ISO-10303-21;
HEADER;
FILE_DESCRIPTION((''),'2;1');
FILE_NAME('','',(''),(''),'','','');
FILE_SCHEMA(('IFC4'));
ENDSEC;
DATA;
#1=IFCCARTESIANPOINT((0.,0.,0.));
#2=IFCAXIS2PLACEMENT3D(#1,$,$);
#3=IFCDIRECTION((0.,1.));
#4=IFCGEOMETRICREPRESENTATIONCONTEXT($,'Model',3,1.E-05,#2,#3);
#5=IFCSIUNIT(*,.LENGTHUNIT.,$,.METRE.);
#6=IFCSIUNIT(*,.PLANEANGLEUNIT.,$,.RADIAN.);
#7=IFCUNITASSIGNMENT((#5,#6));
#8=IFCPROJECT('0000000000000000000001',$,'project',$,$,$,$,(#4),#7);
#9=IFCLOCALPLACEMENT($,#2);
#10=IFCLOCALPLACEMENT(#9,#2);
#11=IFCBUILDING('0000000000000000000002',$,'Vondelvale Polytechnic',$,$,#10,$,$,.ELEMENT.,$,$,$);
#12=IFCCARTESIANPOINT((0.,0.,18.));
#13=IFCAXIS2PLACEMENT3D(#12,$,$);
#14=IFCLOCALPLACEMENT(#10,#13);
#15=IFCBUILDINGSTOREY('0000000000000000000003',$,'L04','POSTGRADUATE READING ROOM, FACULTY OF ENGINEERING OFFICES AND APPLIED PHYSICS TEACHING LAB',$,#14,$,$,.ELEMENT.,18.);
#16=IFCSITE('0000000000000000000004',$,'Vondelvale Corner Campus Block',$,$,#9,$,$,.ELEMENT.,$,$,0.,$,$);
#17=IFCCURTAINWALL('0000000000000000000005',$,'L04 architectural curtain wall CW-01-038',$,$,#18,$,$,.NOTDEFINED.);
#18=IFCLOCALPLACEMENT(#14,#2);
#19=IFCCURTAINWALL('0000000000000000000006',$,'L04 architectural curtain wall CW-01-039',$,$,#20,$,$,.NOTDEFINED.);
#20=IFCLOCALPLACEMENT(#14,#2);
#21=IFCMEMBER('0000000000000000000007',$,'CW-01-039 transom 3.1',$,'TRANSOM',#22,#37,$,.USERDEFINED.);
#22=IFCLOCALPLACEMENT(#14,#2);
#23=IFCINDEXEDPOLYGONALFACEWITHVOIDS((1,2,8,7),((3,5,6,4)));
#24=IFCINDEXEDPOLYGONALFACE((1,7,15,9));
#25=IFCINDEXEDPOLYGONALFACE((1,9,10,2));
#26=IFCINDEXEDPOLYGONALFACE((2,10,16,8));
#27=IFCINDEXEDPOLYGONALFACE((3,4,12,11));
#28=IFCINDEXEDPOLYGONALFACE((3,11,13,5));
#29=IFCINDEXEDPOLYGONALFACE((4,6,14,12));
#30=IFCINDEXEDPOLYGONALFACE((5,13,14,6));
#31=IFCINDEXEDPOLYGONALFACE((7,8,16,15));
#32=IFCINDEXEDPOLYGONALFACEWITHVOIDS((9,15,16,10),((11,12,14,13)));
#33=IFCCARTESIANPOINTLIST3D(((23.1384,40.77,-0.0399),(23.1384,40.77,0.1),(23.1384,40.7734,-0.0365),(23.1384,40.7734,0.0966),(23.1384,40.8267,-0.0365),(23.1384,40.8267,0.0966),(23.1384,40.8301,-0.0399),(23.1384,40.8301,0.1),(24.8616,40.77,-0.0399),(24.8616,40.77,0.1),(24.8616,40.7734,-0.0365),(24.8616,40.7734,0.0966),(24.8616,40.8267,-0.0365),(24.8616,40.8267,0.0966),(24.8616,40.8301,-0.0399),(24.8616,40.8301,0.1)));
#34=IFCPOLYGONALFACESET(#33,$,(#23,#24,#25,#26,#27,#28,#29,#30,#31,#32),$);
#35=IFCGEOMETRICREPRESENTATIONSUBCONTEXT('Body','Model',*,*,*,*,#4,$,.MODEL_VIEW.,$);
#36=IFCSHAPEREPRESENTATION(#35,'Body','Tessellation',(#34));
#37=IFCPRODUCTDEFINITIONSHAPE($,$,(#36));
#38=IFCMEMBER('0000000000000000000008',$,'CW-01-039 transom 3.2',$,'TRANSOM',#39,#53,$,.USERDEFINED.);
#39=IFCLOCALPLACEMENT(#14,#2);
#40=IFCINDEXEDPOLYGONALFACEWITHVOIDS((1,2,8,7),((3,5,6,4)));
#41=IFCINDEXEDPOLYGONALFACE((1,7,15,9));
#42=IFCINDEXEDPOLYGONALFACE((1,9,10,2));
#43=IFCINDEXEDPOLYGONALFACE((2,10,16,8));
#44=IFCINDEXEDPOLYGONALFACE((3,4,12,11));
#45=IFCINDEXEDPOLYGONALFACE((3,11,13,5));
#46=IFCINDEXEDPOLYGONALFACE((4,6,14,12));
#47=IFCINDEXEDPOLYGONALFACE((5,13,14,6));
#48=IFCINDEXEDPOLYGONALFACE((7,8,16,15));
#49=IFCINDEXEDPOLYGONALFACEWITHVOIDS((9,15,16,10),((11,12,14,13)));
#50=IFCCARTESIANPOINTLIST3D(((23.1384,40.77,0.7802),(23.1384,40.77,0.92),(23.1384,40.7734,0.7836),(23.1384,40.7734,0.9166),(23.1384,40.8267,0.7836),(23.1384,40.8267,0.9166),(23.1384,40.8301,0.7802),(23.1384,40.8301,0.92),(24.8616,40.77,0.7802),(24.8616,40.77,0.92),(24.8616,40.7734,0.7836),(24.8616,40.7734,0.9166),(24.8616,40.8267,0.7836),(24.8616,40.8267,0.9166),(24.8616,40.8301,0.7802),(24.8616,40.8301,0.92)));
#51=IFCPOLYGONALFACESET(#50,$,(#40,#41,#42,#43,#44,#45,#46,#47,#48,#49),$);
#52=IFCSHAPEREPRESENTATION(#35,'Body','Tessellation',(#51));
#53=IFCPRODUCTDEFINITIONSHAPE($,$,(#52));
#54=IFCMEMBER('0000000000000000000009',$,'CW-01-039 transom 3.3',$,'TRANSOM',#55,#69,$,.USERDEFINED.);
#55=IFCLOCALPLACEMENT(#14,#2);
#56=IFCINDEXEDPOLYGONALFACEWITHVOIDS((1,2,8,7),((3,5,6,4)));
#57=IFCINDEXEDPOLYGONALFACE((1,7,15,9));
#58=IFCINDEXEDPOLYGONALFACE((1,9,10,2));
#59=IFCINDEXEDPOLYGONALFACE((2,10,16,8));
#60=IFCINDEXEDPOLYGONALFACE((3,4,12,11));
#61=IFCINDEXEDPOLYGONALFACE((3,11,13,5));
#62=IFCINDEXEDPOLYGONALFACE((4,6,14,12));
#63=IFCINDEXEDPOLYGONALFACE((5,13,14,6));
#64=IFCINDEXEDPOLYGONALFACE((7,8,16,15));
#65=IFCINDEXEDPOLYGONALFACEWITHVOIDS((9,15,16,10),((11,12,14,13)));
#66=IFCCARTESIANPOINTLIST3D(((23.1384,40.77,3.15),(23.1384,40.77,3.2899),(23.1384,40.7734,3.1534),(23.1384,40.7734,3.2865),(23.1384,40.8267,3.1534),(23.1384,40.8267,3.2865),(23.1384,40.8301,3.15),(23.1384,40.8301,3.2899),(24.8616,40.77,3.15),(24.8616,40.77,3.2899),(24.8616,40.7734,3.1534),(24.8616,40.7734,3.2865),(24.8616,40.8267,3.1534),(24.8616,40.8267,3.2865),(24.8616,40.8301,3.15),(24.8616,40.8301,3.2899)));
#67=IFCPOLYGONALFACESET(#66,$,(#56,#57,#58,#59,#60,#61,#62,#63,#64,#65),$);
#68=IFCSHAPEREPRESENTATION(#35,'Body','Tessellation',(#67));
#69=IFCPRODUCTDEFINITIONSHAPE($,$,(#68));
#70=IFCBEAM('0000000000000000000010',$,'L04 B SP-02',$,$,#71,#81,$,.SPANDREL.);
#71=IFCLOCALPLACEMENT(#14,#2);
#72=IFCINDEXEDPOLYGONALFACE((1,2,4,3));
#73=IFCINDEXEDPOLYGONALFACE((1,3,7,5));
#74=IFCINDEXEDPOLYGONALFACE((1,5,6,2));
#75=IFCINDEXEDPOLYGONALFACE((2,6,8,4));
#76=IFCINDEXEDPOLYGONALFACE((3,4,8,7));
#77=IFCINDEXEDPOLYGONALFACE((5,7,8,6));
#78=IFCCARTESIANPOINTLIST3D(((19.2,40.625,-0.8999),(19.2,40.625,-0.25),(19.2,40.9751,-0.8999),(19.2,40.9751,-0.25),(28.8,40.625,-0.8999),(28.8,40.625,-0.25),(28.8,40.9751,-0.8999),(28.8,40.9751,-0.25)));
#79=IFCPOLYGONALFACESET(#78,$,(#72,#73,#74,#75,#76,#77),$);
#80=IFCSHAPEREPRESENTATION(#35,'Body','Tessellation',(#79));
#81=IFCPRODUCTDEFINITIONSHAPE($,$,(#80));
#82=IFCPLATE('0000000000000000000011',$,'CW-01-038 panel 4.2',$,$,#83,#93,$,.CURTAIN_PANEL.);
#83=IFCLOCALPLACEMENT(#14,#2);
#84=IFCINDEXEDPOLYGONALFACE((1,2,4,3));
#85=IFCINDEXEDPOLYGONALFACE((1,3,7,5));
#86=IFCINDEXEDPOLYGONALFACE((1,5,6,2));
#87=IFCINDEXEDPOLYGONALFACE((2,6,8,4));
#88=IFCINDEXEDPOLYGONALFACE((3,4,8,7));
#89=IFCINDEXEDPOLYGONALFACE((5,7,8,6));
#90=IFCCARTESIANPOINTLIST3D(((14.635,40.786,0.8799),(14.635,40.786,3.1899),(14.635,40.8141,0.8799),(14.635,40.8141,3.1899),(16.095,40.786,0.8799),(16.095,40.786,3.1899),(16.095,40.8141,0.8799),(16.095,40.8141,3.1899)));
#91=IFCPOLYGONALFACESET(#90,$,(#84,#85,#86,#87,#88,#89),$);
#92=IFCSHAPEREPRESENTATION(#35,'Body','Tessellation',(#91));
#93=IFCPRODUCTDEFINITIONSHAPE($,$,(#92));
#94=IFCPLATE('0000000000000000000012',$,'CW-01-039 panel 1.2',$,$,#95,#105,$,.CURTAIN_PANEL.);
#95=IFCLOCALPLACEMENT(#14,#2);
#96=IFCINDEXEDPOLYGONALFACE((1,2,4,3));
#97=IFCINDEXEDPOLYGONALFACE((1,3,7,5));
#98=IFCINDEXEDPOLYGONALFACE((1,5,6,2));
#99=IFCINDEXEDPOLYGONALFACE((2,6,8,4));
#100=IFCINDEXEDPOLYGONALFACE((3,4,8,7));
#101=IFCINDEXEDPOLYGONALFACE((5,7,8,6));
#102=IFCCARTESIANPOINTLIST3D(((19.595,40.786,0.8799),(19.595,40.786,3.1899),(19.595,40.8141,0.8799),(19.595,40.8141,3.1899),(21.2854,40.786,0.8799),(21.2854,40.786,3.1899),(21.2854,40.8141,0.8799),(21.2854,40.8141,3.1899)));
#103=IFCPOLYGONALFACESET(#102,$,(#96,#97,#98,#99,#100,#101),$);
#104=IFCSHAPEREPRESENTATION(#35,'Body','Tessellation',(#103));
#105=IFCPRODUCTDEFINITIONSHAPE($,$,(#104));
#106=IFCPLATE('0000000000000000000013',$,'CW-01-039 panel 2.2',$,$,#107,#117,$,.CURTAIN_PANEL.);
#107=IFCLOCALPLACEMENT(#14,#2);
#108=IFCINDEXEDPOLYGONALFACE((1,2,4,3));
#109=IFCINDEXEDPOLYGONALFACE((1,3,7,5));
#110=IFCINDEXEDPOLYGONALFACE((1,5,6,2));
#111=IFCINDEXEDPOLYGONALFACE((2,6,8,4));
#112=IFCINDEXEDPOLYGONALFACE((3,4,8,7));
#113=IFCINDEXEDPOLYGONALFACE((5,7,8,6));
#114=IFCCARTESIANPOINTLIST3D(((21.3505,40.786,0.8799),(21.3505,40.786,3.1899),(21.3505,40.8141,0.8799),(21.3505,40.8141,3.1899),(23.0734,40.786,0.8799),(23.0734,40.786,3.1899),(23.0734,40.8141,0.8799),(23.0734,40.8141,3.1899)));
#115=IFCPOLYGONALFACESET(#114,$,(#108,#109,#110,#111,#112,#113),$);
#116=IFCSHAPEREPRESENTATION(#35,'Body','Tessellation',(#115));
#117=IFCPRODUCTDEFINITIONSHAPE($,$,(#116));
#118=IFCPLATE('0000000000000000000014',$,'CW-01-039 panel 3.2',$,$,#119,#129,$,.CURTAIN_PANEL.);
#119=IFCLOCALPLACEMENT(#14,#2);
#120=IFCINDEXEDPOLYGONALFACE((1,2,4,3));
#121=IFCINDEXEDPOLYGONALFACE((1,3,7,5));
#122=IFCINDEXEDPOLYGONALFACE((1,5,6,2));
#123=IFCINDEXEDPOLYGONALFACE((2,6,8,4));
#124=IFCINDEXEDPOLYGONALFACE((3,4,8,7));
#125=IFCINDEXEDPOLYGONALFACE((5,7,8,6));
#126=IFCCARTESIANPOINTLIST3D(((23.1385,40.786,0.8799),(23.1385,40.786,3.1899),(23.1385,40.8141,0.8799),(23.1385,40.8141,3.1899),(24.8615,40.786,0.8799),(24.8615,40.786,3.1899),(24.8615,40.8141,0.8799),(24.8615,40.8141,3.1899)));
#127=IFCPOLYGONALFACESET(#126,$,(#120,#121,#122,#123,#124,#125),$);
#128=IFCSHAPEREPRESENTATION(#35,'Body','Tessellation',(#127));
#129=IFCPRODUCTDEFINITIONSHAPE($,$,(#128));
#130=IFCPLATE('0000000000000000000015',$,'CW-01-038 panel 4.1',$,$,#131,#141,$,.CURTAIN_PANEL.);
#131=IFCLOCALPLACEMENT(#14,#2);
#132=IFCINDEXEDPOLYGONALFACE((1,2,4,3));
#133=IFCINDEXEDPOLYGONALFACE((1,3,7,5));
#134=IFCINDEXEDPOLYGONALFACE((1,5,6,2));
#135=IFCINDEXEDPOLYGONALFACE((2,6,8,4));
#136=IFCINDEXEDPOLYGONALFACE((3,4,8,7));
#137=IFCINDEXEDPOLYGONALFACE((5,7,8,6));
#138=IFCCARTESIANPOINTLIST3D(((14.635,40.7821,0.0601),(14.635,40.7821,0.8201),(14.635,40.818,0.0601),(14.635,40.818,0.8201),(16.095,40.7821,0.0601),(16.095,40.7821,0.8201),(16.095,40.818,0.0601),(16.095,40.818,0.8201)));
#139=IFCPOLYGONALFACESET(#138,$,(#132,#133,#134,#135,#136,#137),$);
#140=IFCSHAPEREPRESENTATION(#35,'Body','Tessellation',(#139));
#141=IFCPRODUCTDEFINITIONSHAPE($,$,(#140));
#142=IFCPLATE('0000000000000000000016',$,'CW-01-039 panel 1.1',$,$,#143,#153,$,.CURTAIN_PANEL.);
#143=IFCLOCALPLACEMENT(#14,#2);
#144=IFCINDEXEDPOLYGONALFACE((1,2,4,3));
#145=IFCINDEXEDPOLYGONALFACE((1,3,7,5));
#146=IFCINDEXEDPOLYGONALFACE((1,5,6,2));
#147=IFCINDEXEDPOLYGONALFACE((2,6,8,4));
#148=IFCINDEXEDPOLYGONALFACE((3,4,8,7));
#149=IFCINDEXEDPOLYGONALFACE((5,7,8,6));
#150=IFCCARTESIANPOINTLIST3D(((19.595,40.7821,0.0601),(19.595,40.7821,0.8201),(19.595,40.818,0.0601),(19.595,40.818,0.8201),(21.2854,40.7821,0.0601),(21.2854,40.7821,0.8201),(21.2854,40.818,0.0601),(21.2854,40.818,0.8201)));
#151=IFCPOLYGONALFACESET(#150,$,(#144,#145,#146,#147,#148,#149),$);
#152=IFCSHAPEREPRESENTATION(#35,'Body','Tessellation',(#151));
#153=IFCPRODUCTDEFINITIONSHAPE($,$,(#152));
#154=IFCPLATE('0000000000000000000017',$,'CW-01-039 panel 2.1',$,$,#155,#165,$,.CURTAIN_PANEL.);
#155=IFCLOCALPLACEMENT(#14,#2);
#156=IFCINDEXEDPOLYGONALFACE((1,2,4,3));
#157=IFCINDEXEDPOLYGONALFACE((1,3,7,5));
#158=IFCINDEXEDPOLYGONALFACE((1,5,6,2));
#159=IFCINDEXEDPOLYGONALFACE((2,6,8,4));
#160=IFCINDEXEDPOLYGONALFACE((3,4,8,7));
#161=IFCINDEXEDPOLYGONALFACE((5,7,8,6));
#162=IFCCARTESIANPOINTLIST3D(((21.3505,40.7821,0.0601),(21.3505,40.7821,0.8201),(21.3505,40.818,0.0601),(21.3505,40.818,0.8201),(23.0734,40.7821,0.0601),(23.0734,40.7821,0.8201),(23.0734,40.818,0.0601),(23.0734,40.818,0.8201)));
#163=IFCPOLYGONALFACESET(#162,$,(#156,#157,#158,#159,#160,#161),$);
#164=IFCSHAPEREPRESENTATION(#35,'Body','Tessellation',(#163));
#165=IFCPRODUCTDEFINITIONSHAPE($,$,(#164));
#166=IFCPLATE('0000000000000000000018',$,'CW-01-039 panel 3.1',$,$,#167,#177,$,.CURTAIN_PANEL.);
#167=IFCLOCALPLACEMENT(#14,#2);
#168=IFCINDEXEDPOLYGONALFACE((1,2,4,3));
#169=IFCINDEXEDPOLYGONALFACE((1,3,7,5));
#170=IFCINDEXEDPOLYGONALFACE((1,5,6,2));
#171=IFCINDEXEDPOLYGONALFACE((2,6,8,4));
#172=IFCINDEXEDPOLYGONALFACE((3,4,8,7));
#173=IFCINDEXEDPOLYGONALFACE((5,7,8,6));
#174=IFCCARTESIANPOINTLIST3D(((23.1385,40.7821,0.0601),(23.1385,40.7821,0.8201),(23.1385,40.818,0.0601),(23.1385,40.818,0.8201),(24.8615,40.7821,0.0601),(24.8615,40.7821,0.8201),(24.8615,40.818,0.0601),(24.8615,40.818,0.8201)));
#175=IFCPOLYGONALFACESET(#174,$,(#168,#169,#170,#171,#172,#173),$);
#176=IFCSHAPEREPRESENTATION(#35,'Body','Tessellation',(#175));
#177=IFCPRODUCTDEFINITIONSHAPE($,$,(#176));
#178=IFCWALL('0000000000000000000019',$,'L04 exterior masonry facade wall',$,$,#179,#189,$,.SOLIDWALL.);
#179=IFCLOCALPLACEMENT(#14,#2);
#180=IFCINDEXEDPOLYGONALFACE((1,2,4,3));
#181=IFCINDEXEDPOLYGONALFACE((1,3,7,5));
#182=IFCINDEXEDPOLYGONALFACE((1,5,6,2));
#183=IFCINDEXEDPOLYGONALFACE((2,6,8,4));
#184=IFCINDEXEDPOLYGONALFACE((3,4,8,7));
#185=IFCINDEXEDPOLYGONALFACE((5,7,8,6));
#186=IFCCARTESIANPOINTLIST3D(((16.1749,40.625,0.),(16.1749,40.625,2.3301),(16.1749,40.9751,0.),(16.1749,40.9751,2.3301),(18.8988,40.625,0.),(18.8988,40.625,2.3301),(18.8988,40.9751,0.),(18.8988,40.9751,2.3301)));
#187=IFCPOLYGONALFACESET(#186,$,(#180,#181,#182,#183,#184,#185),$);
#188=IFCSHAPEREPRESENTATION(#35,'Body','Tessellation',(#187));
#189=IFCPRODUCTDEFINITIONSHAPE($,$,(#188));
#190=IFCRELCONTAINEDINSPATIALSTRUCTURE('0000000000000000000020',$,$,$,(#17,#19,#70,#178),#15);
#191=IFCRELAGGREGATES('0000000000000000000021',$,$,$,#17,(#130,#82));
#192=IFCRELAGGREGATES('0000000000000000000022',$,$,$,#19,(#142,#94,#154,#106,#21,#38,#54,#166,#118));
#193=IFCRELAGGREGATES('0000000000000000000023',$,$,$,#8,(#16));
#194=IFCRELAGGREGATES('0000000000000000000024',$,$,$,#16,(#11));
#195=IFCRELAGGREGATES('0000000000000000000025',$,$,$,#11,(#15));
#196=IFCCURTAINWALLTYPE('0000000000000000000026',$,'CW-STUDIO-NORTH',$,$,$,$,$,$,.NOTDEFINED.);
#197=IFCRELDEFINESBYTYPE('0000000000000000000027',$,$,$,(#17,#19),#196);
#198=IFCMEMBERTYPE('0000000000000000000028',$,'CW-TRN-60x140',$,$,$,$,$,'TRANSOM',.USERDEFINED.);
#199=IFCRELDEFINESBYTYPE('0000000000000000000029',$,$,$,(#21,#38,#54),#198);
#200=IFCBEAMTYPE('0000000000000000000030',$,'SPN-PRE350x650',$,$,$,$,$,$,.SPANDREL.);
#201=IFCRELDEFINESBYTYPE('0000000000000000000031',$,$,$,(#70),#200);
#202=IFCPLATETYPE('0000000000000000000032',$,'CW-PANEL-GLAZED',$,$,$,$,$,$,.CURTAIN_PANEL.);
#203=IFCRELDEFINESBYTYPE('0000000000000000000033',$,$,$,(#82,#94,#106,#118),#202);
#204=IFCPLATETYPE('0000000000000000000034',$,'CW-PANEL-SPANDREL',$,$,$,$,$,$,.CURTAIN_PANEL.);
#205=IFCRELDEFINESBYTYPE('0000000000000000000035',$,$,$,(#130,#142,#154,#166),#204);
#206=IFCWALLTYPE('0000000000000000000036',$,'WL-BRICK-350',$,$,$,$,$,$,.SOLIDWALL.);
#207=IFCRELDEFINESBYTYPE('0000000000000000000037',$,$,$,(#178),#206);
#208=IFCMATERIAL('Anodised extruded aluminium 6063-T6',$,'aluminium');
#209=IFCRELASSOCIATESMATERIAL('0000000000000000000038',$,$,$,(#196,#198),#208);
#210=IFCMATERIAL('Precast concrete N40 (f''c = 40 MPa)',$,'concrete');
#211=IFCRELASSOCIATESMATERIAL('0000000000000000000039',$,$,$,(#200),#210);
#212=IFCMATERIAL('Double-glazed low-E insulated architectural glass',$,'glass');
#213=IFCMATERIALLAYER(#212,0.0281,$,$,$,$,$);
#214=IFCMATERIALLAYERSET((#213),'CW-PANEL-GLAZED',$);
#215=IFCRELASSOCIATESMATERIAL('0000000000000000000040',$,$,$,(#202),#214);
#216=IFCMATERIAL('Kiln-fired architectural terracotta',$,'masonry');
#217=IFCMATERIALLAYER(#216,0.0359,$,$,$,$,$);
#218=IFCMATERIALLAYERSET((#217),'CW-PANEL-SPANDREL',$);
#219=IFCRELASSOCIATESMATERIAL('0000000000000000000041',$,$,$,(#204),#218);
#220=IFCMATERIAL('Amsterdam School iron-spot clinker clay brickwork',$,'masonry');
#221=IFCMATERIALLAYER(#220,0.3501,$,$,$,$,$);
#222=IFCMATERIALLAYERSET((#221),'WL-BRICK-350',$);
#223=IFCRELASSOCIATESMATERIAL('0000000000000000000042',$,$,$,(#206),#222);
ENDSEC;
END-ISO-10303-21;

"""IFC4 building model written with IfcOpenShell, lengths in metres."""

from ifc_helpers import new_model, si_unit, direction, frame, frame_2d, origin, origin_2d, place, context, subcontext, project, spatial, rectangle, hollow_rectangle, extrude, material, layer, layer_set, material_profile, profile_set, type_object, element, aggregate, save


model = new_model("IFC4")

# Units and contexts
model_context = context("Model", 3, precision=1e-05, world=origin(), true_north=direction((0.0, 1.0)))
body_context = subcontext(model_context, "Body", "Model", "MODEL_VIEW")
ifc_project = project(units=[si_unit("LENGTHUNIT", "METRE"), si_unit("PLANEANGLEUNIT", "RADIAN")], contexts=[model_context])

# Site, building, storey
site_placement = place(None, origin())
site = spatial("IfcSite", under=ifc_project, at=site_placement, Name="Vondelvale Corner Campus Block", CompositionType="ELEMENT", RefElevation=0.0)
building_placement = place(site_placement, origin())
building = spatial("IfcBuilding", under=site, at=building_placement, Name="Vondelvale Polytechnic", CompositionType="ELEMENT")
storey_placement = place(building_placement, frame((0.0, 0.0, 18.0)))
storey = spatial("IfcBuildingStorey", under=building, at=storey_placement, Name="L04", Description="POSTGRADUATE READING ROOM, FACULTY OF ENGINEERING OFFICES AND APPLIED PHYSICS TEACHING LAB", CompositionType="ELEMENT", Elevation=18.0)

# Curtain wall
ifc_material_1 = material(Name="Anodised extruded aluminium 6063-T6", Category="aluminium")
curtain_wall_type = type_object("IfcCurtainWallType", Name="CW-STUDIO-NORTH", PredefinedType="NOTDEFINED", material=ifc_material_1)
curtain_wall_1_placement = place(storey_placement, origin())
curtain_wall_1 = element("IfcCurtainWall", 1, at=curtain_wall_1_placement, inside=storey, type_object=curtain_wall_type, Name="L04 architectural curtain wall CW-01-038", PredefinedType="NOTDEFINED")

# Curtain wall, members
curtain_wall_2_placement = place(storey_placement, origin())
curtain_wall_2 = element("IfcCurtainWall", 2, at=curtain_wall_2_placement, inside=storey, type_object=curtain_wall_type, Name="L04 architectural curtain wall CW-01-039", PredefinedType="NOTDEFINED")
ifc_material_profile_1 = material_profile(ifc_material_1, hollow_rectangle(XDim=0.0601, YDim=0.1399, WallThickness=0.0034, at=origin_2d()), Name="CW-TRN-140x60")
ifc_profile_set_1 = profile_set([ifc_material_profile_1], Name="Anodised extruded aluminium 6063-T6")
member_type_1 = type_object("IfcMemberType", Name="CW-TRN-60x140", ElementType="TRANSOM", PredefinedType="USERDEFINED", material=ifc_profile_set_1)
member_1_placement = place(storey_placement, frame((23.1384, 40.8, 0.03), z_axis=(1.0, 0.0, 0.0), x_axis=(0.0, 1.0, 0.0)))
member_1 = element("IfcMember", 3, at=member_1_placement, type_object=member_type_1, Name="CW-01-039 transom 3.1", ObjectType="TRANSOM", PredefinedType="USERDEFINED", context=body_context, shape_type="SweptSolid", body=[
    extrude(hollow_rectangle(XDim=0.0601, YDim=0.1399, WallThickness=0.0034, at=origin_2d()), origin(), (0.0, 0.0, 1.0), 1.7231),
])
member_2_placement = place(storey_placement, frame((23.1384, 40.8, 0.8501), z_axis=(1.0, 0.0, 0.0), x_axis=(0.0, 1.0, 0.0)))
member_2 = element("IfcMember", 4, at=member_2_placement, type_object=member_type_1, Name="CW-01-039 transom 3.2", ObjectType="TRANSOM", PredefinedType="USERDEFINED", context=body_context, shape_type="SweptSolid", body=[
    extrude(hollow_rectangle(XDim=0.0601, YDim=0.1399, WallThickness=0.0034, at=origin_2d()), origin(), (0.0, 0.0, 1.0), 1.7231),
])
member_3_placement = place(storey_placement, frame((23.1384, 40.8, 3.22), z_axis=(1.0, 0.0, 0.0), x_axis=(0.0, 1.0, 0.0)))
member_3 = element("IfcMember", 5, at=member_3_placement, type_object=member_type_1, Name="CW-01-039 transom 3.3", ObjectType="TRANSOM", PredefinedType="USERDEFINED", context=body_context, shape_type="SweptSolid", body=[
    extrude(hollow_rectangle(XDim=0.0601, YDim=0.1399, WallThickness=0.0034, at=origin_2d()), origin(), (0.0, 0.0, 1.0), 1.7231),
])

# Beam
ifc_material_2 = material(Name="Precast concrete N40 (f'c = 40 MPa)", Category="concrete")
ifc_material_profile_2 = material_profile(ifc_material_2, rectangle(XDim=0.3501, YDim=0.6499, at=origin_2d()), Name="RC-SPN-350x650")
ifc_profile_set_2 = profile_set([ifc_material_profile_2], Name="Precast concrete N40 (f'c = 40 MPa)")
beam_type = type_object("IfcBeamType", Name="SPN-PRE350x650", PredefinedType="SPANDREL", material=ifc_profile_set_2)
beam_placement = place(storey_placement, frame((19.2, 40.8, -0.575), z_axis=(1.0, 0.0, 0.0), x_axis=(0.0, 1.0, 0.0)))
element("IfcBeam", 6, at=beam_placement, inside=storey, type_object=beam_type, Name="L04 B SP-02", PredefinedType="SPANDREL", context=body_context, shape_type="SweptSolid", body=[
    extrude(rectangle(XDim=0.3501, YDim=0.6499, at=origin_2d()), origin(), (0.0, 0.0, 1.0), 9.6001),
])

# Plates
ifc_material_3 = material(Name="Double-glazed low-E insulated architectural glass", Category="glass")
ifc_layer_1 = layer(ifc_material_3, 0.0281)
ifc_layer_set_1 = layer_set([ifc_layer_1], Name="CW-PANEL-GLAZED")
plate_type_1 = type_object("IfcPlateType", Name="CW-PANEL-GLAZED", PredefinedType="CURTAIN_PANEL", material=ifc_layer_set_1)
plate_1_placement = place(storey_placement, frame((15.365, 40.8, 0.8799), z_axis=(0.0, 0.0, 1.0), x_axis=(1.0, 0.0, 0.0)))
plate_1 = element("IfcPlate", 7, at=plate_1_placement, type_object=plate_type_1, Name="CW-01-038 panel 4.2", PredefinedType="CURTAIN_PANEL", context=body_context, shape_type="SweptSolid", body=[
    extrude(rectangle(XDim=1.46, YDim=0.0281, at=origin_2d()), origin(), (0.0, 0.0, 1.0), 2.3101),
])
plate_2_placement = place(storey_placement, frame((20.4402, 40.8, 0.8799), z_axis=(0.0, 0.0, 1.0), x_axis=(1.0, 0.0, 0.0)))
plate_2 = element("IfcPlate", 8, at=plate_2_placement, type_object=plate_type_1, Name="CW-01-039 panel 1.2", PredefinedType="CURTAIN_PANEL", context=body_context, shape_type="SweptSolid", body=[
    extrude(rectangle(XDim=1.6904, YDim=0.0281, at=origin_2d()), origin(), (0.0, 0.0, 1.0), 2.3101),
])
plate_3_placement = place(storey_placement, frame((22.2119, 40.8, 0.8799), z_axis=(0.0, 0.0, 1.0), x_axis=(1.0, 0.0, 0.0)))
plate_3 = element("IfcPlate", 9, at=plate_3_placement, type_object=plate_type_1, Name="CW-01-039 panel 2.2", PredefinedType="CURTAIN_PANEL", context=body_context, shape_type="SweptSolid", body=[
    extrude(rectangle(XDim=1.7229, YDim=0.0281, at=origin_2d()), origin(), (0.0, 0.0, 1.0), 2.3101),
])
plate_4_placement = place(storey_placement, frame((24.0, 40.8, 0.8799), z_axis=(0.0, 0.0, 1.0), x_axis=(1.0, 0.0, 0.0)))
plate_4 = element("IfcPlate", 10, at=plate_4_placement, type_object=plate_type_1, Name="CW-01-039 panel 3.2", PredefinedType="CURTAIN_PANEL", context=body_context, shape_type="SweptSolid", body=[
    extrude(rectangle(XDim=1.7229, YDim=0.0281, at=origin_2d()), origin(), (0.0, 0.0, 1.0), 2.3101),
])
ifc_material_4 = material(Name="Kiln-fired architectural terracotta", Category="masonry")
ifc_layer_2 = layer(ifc_material_4, 0.0359)
ifc_layer_set_2 = layer_set([ifc_layer_2], Name="CW-PANEL-SPANDREL")
plate_type_2 = type_object("IfcPlateType", Name="CW-PANEL-SPANDREL", PredefinedType="CURTAIN_PANEL", material=ifc_layer_set_2)
plate_5_placement = place(storey_placement, frame((15.365, 40.8, 0.0601), z_axis=(0.0, 0.0, 1.0), x_axis=(1.0, 0.0, 0.0)))
plate_5 = element("IfcPlate", 11, at=plate_5_placement, type_object=plate_type_2, Name="CW-01-038 panel 4.1", PredefinedType="CURTAIN_PANEL", context=body_context, shape_type="SweptSolid", body=[
    extrude(rectangle(XDim=1.46, YDim=0.0359, at=origin_2d()), origin(), (0.0, 0.0, 1.0), 0.76),
])
aggregate(curtain_wall_1, [plate_5, plate_1])
plate_6_placement = place(storey_placement, frame((20.4402, 40.8, 0.0601), z_axis=(0.0, 0.0, 1.0), x_axis=(1.0, 0.0, 0.0)))
plate_6 = element("IfcPlate", 12, at=plate_6_placement, type_object=plate_type_2, Name="CW-01-039 panel 1.1", PredefinedType="CURTAIN_PANEL", context=body_context, shape_type="SweptSolid", body=[
    extrude(rectangle(XDim=1.6904, YDim=0.0359, at=origin_2d()), origin(), (0.0, 0.0, 1.0), 0.76),
])
plate_7_placement = place(storey_placement, frame((22.2119, 40.8, 0.0601), z_axis=(0.0, 0.0, 1.0), x_axis=(1.0, 0.0, 0.0)))
plate_7 = element("IfcPlate", 13, at=plate_7_placement, type_object=plate_type_2, Name="CW-01-039 panel 2.1", PredefinedType="CURTAIN_PANEL", context=body_context, shape_type="SweptSolid", body=[
    extrude(rectangle(XDim=1.7229, YDim=0.0359, at=origin_2d()), origin(), (0.0, 0.0, 1.0), 0.76),
])
plate_8_placement = place(storey_placement, frame((24.0, 40.8, 0.0601), z_axis=(0.0, 0.0, 1.0), x_axis=(1.0, 0.0, 0.0)))
plate_8 = element("IfcPlate", 14, at=plate_8_placement, type_object=plate_type_2, Name="CW-01-039 panel 3.1", PredefinedType="CURTAIN_PANEL", context=body_context, shape_type="SweptSolid", body=[
    extrude(rectangle(XDim=1.7229, YDim=0.0359, at=origin_2d()), origin(), (0.0, 0.0, 1.0), 0.76),
])
aggregate(curtain_wall_2, [plate_6, plate_2, plate_7, plate_3, member_1, member_2, member_3, plate_8, plate_4])

# Wall
ifc_material_5 = material(Name="Amsterdam School iron-spot clinker clay brickwork", Category="masonry")
ifc_layer_3 = layer(ifc_material_5, 0.3501)
ifc_layer_set_3 = layer_set([ifc_layer_3], Name="WL-BRICK-350")
wall_type = type_object("IfcWallType", Name="WL-BRICK-350", PredefinedType="SOLIDWALL", material=ifc_layer_set_3)
wall_placement = place(storey_placement, frame((16.175, 40.8, 0.0), z_axis=(0.0, 0.0, 1.0), x_axis=(1.0, 0.0, 0.0)))
element("IfcWall", 15, at=wall_placement, inside=storey, type_object=wall_type, Name="L04 exterior masonry facade wall", PredefinedType="SOLIDWALL", context=body_context, shape_type="SweptSolid", body=[
    extrude(rectangle(XDim=2.7239, YDim=0.3501, at=frame_2d((1.3618, 0.0))), origin(), (0.0, 0.0, 1.0), 2.3301),
])

save(model, "model.ifc")
